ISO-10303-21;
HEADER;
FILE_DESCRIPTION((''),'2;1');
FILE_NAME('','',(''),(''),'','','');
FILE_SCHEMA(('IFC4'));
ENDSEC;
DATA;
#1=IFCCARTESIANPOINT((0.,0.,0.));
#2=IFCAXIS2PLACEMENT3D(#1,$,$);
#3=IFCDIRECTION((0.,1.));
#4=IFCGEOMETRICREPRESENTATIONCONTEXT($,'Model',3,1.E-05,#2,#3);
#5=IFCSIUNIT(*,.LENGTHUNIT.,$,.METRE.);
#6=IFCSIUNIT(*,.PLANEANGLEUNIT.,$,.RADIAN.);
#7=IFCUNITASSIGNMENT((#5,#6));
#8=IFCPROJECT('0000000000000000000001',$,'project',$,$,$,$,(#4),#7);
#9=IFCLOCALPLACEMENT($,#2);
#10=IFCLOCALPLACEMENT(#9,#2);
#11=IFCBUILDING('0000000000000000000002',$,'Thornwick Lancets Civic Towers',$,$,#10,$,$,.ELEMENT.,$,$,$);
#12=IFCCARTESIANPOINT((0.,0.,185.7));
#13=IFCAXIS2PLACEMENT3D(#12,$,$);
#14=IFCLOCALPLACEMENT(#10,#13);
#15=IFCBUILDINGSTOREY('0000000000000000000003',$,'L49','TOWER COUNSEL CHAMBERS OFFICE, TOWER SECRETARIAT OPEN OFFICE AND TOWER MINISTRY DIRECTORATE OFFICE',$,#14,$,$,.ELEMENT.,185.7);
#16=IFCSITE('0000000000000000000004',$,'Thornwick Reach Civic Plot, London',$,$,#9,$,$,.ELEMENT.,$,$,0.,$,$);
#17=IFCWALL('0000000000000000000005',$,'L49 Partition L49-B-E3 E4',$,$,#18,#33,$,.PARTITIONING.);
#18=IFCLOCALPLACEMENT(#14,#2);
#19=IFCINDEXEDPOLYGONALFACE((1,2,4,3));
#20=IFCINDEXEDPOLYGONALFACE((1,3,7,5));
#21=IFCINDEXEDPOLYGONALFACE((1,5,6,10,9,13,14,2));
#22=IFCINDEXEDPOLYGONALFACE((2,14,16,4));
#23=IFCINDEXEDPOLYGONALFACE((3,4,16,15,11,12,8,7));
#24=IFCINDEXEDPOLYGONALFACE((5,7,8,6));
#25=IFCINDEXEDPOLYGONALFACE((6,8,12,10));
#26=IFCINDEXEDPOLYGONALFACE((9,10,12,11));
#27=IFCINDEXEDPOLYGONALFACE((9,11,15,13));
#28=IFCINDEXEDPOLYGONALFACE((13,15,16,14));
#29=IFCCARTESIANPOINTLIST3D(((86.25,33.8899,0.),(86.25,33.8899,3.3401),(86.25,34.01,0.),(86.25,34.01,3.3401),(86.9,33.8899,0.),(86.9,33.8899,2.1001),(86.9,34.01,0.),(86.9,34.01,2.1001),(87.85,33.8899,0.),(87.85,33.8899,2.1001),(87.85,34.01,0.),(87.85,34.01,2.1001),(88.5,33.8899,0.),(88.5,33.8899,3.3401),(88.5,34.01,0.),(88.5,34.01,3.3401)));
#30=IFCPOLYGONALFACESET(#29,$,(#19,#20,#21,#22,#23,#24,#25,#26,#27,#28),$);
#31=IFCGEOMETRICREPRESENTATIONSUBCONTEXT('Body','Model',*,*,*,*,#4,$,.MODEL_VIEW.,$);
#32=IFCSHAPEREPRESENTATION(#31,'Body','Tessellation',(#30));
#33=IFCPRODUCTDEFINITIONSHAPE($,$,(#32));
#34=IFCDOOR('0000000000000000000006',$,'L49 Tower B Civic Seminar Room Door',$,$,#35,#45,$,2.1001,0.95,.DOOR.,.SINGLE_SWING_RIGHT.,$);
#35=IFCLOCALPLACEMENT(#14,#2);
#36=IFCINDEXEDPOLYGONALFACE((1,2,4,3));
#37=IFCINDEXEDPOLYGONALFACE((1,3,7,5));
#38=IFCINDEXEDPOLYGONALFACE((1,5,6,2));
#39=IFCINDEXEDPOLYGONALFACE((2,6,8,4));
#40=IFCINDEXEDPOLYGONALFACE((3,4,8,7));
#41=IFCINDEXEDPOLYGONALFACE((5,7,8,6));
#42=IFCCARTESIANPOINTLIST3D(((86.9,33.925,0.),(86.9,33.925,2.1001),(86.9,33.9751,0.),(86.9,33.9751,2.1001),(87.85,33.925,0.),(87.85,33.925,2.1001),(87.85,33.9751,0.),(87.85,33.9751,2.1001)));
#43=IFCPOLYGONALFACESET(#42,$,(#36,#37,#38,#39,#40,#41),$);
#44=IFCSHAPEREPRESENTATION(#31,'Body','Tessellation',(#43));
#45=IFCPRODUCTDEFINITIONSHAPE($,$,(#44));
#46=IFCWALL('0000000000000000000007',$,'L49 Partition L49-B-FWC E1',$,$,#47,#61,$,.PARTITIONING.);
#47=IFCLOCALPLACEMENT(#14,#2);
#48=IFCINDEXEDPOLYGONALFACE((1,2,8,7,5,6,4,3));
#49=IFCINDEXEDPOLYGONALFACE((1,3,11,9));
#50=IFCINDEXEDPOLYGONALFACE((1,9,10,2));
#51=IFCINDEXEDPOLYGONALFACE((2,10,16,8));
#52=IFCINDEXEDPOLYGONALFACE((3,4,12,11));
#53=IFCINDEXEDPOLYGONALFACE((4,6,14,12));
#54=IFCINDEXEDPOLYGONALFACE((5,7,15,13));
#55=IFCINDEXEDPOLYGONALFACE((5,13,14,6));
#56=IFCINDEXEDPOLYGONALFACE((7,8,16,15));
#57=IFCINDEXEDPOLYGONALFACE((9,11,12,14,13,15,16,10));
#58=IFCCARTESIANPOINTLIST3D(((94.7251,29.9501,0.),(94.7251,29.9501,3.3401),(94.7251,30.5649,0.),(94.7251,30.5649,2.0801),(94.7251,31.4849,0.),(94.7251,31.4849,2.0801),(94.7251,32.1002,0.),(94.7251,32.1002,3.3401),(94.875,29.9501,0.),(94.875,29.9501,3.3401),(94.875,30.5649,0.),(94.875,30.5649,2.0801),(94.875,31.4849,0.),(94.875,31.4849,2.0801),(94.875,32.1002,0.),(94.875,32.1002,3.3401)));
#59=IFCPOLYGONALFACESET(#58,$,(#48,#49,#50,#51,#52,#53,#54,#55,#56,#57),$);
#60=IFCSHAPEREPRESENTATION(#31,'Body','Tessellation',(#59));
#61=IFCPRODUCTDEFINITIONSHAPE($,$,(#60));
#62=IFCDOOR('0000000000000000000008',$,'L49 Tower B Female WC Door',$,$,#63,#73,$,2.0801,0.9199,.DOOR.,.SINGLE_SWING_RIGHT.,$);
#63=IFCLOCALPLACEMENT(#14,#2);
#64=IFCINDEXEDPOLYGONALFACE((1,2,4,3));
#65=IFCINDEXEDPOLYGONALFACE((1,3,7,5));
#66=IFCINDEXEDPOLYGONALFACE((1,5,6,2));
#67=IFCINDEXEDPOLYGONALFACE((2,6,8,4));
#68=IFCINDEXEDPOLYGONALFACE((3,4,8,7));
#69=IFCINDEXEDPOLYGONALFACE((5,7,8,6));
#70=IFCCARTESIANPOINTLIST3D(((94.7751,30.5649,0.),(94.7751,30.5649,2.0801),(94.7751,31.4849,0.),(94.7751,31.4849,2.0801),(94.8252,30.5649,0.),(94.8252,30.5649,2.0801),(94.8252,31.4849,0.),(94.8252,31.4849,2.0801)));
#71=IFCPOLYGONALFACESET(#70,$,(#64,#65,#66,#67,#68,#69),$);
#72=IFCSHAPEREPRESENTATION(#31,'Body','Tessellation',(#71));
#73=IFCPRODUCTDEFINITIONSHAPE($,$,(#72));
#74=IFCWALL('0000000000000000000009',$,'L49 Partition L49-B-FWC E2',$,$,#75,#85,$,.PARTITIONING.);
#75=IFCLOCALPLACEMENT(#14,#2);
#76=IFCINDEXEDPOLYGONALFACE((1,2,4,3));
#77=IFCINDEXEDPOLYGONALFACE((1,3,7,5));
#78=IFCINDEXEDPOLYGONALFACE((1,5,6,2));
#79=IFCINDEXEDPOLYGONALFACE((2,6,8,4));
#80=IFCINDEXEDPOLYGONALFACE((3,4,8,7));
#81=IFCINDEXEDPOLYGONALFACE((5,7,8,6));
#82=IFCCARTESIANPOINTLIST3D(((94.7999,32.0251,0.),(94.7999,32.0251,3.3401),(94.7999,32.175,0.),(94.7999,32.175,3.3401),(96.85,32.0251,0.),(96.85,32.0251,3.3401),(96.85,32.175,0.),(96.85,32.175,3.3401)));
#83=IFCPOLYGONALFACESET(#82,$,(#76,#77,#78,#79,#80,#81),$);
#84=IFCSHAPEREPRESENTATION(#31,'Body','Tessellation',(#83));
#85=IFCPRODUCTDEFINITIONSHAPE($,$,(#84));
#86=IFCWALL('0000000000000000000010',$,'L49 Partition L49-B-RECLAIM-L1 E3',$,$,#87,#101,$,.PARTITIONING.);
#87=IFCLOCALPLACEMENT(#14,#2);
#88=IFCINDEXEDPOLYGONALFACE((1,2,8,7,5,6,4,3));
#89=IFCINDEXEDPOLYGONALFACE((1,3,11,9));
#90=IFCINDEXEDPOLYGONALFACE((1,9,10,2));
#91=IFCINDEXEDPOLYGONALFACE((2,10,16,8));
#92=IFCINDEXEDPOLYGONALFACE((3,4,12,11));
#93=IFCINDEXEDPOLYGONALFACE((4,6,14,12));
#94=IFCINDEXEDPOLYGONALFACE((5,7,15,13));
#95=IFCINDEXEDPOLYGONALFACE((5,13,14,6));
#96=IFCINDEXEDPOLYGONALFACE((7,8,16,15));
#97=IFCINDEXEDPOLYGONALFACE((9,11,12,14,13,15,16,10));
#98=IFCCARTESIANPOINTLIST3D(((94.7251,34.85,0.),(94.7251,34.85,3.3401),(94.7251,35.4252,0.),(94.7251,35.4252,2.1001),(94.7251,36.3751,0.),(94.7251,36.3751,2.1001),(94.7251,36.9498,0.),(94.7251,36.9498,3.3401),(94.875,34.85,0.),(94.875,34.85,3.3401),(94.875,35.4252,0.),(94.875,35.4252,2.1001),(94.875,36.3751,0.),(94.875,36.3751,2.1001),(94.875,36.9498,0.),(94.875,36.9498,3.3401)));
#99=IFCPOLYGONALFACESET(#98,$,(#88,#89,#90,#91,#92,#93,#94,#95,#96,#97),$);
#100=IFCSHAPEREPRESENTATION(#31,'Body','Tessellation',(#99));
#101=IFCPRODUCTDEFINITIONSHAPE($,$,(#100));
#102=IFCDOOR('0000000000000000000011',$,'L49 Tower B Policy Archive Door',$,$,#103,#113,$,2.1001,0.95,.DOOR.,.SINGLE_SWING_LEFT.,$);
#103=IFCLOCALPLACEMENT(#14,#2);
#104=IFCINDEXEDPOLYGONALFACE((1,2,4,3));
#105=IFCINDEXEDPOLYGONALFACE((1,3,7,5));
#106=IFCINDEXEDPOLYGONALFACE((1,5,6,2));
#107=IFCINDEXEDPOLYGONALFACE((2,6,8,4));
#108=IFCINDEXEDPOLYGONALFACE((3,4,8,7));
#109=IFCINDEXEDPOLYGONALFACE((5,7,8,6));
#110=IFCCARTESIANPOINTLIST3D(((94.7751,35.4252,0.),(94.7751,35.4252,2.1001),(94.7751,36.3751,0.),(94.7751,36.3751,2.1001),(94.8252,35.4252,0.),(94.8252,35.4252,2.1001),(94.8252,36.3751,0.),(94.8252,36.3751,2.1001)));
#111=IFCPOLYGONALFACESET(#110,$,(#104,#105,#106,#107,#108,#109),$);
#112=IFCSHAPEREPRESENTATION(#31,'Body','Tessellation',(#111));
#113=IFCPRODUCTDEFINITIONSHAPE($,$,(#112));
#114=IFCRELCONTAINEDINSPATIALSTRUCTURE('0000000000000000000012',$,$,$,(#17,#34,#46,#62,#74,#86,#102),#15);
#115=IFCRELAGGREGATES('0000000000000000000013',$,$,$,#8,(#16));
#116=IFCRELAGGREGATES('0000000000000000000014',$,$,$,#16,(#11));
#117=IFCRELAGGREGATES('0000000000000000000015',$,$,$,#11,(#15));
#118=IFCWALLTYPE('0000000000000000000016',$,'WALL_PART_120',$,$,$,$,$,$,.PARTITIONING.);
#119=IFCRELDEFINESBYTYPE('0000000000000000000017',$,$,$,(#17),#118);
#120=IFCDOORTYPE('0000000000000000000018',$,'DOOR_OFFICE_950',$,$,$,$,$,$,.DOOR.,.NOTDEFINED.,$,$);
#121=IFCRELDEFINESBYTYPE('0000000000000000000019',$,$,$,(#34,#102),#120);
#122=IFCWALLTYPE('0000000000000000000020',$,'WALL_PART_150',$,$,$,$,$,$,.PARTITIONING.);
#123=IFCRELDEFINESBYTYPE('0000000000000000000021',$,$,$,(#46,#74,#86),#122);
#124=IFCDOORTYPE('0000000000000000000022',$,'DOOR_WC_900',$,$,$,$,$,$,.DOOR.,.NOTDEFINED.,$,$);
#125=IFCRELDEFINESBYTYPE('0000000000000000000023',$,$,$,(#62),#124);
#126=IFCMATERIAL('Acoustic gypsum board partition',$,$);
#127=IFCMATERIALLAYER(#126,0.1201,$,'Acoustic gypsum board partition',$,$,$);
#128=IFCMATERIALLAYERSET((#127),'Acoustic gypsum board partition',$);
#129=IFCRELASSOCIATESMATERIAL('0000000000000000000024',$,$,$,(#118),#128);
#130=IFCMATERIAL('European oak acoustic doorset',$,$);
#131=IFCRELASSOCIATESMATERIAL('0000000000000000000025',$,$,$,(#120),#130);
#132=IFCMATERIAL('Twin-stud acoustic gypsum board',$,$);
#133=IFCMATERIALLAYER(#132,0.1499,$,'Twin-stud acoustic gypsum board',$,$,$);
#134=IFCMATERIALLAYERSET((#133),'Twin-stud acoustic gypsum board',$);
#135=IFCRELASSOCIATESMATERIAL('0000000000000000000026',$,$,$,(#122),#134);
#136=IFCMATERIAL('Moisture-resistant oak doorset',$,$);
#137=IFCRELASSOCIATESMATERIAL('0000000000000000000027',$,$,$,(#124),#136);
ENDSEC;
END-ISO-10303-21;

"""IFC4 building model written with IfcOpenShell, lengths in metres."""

from ifc_helpers import new_model, si_unit, direction, frame, frame_2d, origin, place, context, subcontext, project, spatial, rectangle, extrude, material, layer, layer_set, type_object, element, fill, save


model = new_model("IFC4")

# Units and contexts
model_context = context("Model", 3, precision=1e-05, world=origin(), true_north=direction((0.0, 1.0)))
body_context = subcontext(model_context, "Body", "Model", "MODEL_VIEW")
ifc_project = project(units=[si_unit("LENGTHUNIT", "METRE"), si_unit("PLANEANGLEUNIT", "RADIAN")], contexts=[model_context])

# Site, building, storey
site_placement = place(None, origin())
site = spatial("IfcSite", under=ifc_project, at=site_placement, Name="Thornwick Reach Civic Plot, London", CompositionType="ELEMENT", RefElevation=0.0)
building_placement = place(site_placement, origin())
building = spatial("IfcBuilding", under=site, at=building_placement, Name="Thornwick Lancets Civic Towers", CompositionType="ELEMENT")
storey_placement = place(building_placement, frame((0.0, 0.0, 185.7)))
storey = spatial("IfcBuildingStorey", under=building, at=storey_placement, Name="L49", Description="TOWER COUNSEL CHAMBERS OFFICE, TOWER SECRETARIAT OPEN OFFICE AND TOWER MINISTRY DIRECTORATE OFFICE", CompositionType="ELEMENT", Elevation=185.7)

# Shared definitions
ifc_material_1 = material(Name="Acoustic gypsum board partition")
ifc_layer_1 = layer(ifc_material_1, 0.1201, Name="Acoustic gypsum board partition")
ifc_layer_set_1 = layer_set([ifc_layer_1], Name="Acoustic gypsum board partition")
wall_type_1 = type_object("IfcWallType", Name="WALL_PART_120", PredefinedType="PARTITIONING", material=ifc_layer_set_1)
ifc_material_2 = material(Name="European oak acoustic doorset")
door_type_1 = type_object("IfcDoorType", Name="DOOR_OFFICE_950", OperationType="NOTDEFINED", PredefinedType="DOOR", material=ifc_material_2)

# Walls, openings, doors
wall_1_placement = place(storey_placement, frame((88.5, 33.95, 0.0), z_axis=(0.0, 0.0, 1.0), x_axis=(-1.0, 0.0, 0.0)))
wall_1 = element("IfcWall", 1, at=wall_1_placement, inside=storey, type_object=wall_type_1, Name="L49 Partition L49-B-E3 E4", PredefinedType="PARTITIONING", context=body_context, shape_type="SweptSolid", body=[
    extrude(rectangle(XDim=2.25, YDim=0.1201, at=frame_2d((1.125, 0.0))), origin(), (0.0, 0.0, 1.0), 3.3401),
])
opening_1_placement = place(wall_1_placement, frame((0.6499, 0.0, 0.0)))
opening_1 = element("IfcOpeningElement", 2, at=opening_1_placement, cuts=wall_1, PredefinedType="OPENING", context=body_context, shape_type="SweptSolid", body=[
    extrude(rectangle(XDim=0.95, YDim=2.1001, at=frame_2d((0.4751, 1.05))), frame((0.0, 0.0701, 0.0), z_axis=(0.0, -1.0, 0.0), x_axis=(1.0, 0.0, 0.0)), (0.0, 0.0, 1.0), 0.1401),
])
door_1_placement = place(opening_1_placement, origin())
door_1 = element("IfcDoor", 3, at=door_1_placement, inside=storey, type_object=door_type_1, Name="L49 Tower B Civic Seminar Room Door", OperationType="SINGLE_SWING_RIGHT", OverallHeight=2.1001, OverallWidth=0.95, PredefinedType="DOOR", context=body_context, shape_type="SweptSolid", body=[
    extrude(rectangle(XDim=0.95, YDim=2.1001, at=frame_2d((0.4751, 1.05))), frame((0.0, 0.0249, 0.0), z_axis=(0.0, -1.0, 0.0), x_axis=(1.0, 0.0, 0.0)), (0.0, 0.0, 1.0), 0.05),
])
fill(opening_1, door_1)
ifc_material_3 = material(Name="Twin-stud acoustic gypsum board")
ifc_layer_2 = layer(ifc_material_3, 0.1499, Name="Twin-stud acoustic gypsum board")
ifc_layer_set_2 = layer_set([ifc_layer_2], Name="Twin-stud acoustic gypsum board")
wall_type_2 = type_object("IfcWallType", Name="WALL_PART_150", PredefinedType="PARTITIONING", material=ifc_layer_set_2)
wall_2_placement = place(storey_placement, frame((94.8, 29.95, 0.0), z_axis=(0.0, 0.0, 1.0), x_axis=(0.0, 1.0, 0.0)))
wall_2 = element("IfcWall", 4, at=wall_2_placement, inside=storey, type_object=wall_type_2, Name="L49 Partition L49-B-FWC E1", PredefinedType="PARTITIONING", context=body_context, shape_type="SweptSolid", body=[
    extrude(rectangle(XDim=2.1501, YDim=0.1499, at=frame_2d((1.0752, 0.0))), origin(), (0.0, 0.0, 1.0), 3.3401),
])
opening_2_placement = place(wall_2_placement, frame((0.615, 0.0, 0.0)))
opening_2 = element("IfcOpeningElement", 5, at=opening_2_placement, cuts=wall_2, PredefinedType="OPENING", context=body_context, shape_type="SweptSolid", body=[
    extrude(rectangle(XDim=0.9199, YDim=2.0801, at=frame_2d((0.46, 1.04))), frame((0.0, 0.085, 0.0), z_axis=(0.0, -1.0, 0.0), x_axis=(1.0, 0.0, 0.0)), (0.0, 0.0, 1.0), 0.1699),
])
ifc_material_4 = material(Name="Moisture-resistant oak doorset")
door_type_2 = type_object("IfcDoorType", Name="DOOR_WC_900", OperationType="NOTDEFINED", PredefinedType="DOOR", material=ifc_material_4)
door_2_placement = place(opening_2_placement, origin())
door_2 = element("IfcDoor", 6, at=door_2_placement, inside=storey, type_object=door_type_2, Name="L49 Tower B Female WC Door", OperationType="SINGLE_SWING_RIGHT", OverallHeight=2.0801, OverallWidth=0.9199, PredefinedType="DOOR", context=body_context, shape_type="SweptSolid", body=[
    extrude(rectangle(XDim=0.9199, YDim=2.0801, at=frame_2d((0.46, 1.04))), frame((0.0, 0.0249, 0.0), z_axis=(0.0, -1.0, 0.0), x_axis=(1.0, 0.0, 0.0)), (0.0, 0.0, 1.0), 0.05),
])
fill(opening_2, door_2)

# Wall
wall_3_placement = place(storey_placement, frame((94.8, 32.1001, 0.0), z_axis=(0.0, 0.0, 1.0), x_axis=(1.0, 0.0, 0.0)))
element("IfcWall", 7, at=wall_3_placement, inside=storey, type_object=wall_type_2, Name="L49 Partition L49-B-FWC E2", PredefinedType="PARTITIONING", context=body_context, shape_type="SweptSolid", body=[
    extrude(rectangle(XDim=2.05, YDim=0.1499, at=frame_2d((1.0249, 0.0))), origin(), (0.0, 0.0, 1.0), 3.3401),
])

# Wall, opening, door
wall_4_placement = place(storey_placement, frame((94.8, 34.8501, 0.0), z_axis=(0.0, 0.0, 1.0), x_axis=(0.0, 1.0, 0.0)))
wall_4 = element("IfcWall", 8, at=wall_4_placement, inside=storey, type_object=wall_type_2, Name="L49 Partition L49-B-RECLAIM-L1 E3", PredefinedType="PARTITIONING", context=body_context, shape_type="SweptSolid", body=[
    extrude(rectangle(XDim=2.0999, YDim=0.1499, at=frame_2d((1.0498, 0.0))), origin(), (0.0, 0.0, 1.0), 3.3401),
])
opening_3_placement = place(wall_4_placement, frame((0.575, 0.0, 0.0)))
opening_3 = element("IfcOpeningElement", 9, at=opening_3_placement, cuts=wall_4, PredefinedType="OPENING", context=body_context, shape_type="SweptSolid", body=[
    extrude(rectangle(XDim=0.95, YDim=2.1001, at=frame_2d((0.4751, 1.05))), frame((0.0, 0.085, 0.0), z_axis=(0.0, -1.0, 0.0), x_axis=(1.0, 0.0, 0.0)), (0.0, 0.0, 1.0), 0.1699),
])
door_3_placement = place(opening_3_placement, origin())
door_3 = element("IfcDoor", 10, at=door_3_placement, inside=storey, type_object=door_type_1, Name="L49 Tower B Policy Archive Door", OperationType="SINGLE_SWING_LEFT", OverallHeight=2.1001, OverallWidth=0.95, PredefinedType="DOOR", context=body_context, shape_type="SweptSolid", body=[
    extrude(rectangle(XDim=0.95, YDim=2.1001, at=frame_2d((0.4751, 1.05))), frame((0.0, 0.0249, 0.0), z_axis=(0.0, -1.0, 0.0), x_axis=(1.0, 0.0, 0.0)), (0.0, 0.0, 1.0), 0.05),
])
fill(opening_3, door_3)

save(model, "model.ifc")
